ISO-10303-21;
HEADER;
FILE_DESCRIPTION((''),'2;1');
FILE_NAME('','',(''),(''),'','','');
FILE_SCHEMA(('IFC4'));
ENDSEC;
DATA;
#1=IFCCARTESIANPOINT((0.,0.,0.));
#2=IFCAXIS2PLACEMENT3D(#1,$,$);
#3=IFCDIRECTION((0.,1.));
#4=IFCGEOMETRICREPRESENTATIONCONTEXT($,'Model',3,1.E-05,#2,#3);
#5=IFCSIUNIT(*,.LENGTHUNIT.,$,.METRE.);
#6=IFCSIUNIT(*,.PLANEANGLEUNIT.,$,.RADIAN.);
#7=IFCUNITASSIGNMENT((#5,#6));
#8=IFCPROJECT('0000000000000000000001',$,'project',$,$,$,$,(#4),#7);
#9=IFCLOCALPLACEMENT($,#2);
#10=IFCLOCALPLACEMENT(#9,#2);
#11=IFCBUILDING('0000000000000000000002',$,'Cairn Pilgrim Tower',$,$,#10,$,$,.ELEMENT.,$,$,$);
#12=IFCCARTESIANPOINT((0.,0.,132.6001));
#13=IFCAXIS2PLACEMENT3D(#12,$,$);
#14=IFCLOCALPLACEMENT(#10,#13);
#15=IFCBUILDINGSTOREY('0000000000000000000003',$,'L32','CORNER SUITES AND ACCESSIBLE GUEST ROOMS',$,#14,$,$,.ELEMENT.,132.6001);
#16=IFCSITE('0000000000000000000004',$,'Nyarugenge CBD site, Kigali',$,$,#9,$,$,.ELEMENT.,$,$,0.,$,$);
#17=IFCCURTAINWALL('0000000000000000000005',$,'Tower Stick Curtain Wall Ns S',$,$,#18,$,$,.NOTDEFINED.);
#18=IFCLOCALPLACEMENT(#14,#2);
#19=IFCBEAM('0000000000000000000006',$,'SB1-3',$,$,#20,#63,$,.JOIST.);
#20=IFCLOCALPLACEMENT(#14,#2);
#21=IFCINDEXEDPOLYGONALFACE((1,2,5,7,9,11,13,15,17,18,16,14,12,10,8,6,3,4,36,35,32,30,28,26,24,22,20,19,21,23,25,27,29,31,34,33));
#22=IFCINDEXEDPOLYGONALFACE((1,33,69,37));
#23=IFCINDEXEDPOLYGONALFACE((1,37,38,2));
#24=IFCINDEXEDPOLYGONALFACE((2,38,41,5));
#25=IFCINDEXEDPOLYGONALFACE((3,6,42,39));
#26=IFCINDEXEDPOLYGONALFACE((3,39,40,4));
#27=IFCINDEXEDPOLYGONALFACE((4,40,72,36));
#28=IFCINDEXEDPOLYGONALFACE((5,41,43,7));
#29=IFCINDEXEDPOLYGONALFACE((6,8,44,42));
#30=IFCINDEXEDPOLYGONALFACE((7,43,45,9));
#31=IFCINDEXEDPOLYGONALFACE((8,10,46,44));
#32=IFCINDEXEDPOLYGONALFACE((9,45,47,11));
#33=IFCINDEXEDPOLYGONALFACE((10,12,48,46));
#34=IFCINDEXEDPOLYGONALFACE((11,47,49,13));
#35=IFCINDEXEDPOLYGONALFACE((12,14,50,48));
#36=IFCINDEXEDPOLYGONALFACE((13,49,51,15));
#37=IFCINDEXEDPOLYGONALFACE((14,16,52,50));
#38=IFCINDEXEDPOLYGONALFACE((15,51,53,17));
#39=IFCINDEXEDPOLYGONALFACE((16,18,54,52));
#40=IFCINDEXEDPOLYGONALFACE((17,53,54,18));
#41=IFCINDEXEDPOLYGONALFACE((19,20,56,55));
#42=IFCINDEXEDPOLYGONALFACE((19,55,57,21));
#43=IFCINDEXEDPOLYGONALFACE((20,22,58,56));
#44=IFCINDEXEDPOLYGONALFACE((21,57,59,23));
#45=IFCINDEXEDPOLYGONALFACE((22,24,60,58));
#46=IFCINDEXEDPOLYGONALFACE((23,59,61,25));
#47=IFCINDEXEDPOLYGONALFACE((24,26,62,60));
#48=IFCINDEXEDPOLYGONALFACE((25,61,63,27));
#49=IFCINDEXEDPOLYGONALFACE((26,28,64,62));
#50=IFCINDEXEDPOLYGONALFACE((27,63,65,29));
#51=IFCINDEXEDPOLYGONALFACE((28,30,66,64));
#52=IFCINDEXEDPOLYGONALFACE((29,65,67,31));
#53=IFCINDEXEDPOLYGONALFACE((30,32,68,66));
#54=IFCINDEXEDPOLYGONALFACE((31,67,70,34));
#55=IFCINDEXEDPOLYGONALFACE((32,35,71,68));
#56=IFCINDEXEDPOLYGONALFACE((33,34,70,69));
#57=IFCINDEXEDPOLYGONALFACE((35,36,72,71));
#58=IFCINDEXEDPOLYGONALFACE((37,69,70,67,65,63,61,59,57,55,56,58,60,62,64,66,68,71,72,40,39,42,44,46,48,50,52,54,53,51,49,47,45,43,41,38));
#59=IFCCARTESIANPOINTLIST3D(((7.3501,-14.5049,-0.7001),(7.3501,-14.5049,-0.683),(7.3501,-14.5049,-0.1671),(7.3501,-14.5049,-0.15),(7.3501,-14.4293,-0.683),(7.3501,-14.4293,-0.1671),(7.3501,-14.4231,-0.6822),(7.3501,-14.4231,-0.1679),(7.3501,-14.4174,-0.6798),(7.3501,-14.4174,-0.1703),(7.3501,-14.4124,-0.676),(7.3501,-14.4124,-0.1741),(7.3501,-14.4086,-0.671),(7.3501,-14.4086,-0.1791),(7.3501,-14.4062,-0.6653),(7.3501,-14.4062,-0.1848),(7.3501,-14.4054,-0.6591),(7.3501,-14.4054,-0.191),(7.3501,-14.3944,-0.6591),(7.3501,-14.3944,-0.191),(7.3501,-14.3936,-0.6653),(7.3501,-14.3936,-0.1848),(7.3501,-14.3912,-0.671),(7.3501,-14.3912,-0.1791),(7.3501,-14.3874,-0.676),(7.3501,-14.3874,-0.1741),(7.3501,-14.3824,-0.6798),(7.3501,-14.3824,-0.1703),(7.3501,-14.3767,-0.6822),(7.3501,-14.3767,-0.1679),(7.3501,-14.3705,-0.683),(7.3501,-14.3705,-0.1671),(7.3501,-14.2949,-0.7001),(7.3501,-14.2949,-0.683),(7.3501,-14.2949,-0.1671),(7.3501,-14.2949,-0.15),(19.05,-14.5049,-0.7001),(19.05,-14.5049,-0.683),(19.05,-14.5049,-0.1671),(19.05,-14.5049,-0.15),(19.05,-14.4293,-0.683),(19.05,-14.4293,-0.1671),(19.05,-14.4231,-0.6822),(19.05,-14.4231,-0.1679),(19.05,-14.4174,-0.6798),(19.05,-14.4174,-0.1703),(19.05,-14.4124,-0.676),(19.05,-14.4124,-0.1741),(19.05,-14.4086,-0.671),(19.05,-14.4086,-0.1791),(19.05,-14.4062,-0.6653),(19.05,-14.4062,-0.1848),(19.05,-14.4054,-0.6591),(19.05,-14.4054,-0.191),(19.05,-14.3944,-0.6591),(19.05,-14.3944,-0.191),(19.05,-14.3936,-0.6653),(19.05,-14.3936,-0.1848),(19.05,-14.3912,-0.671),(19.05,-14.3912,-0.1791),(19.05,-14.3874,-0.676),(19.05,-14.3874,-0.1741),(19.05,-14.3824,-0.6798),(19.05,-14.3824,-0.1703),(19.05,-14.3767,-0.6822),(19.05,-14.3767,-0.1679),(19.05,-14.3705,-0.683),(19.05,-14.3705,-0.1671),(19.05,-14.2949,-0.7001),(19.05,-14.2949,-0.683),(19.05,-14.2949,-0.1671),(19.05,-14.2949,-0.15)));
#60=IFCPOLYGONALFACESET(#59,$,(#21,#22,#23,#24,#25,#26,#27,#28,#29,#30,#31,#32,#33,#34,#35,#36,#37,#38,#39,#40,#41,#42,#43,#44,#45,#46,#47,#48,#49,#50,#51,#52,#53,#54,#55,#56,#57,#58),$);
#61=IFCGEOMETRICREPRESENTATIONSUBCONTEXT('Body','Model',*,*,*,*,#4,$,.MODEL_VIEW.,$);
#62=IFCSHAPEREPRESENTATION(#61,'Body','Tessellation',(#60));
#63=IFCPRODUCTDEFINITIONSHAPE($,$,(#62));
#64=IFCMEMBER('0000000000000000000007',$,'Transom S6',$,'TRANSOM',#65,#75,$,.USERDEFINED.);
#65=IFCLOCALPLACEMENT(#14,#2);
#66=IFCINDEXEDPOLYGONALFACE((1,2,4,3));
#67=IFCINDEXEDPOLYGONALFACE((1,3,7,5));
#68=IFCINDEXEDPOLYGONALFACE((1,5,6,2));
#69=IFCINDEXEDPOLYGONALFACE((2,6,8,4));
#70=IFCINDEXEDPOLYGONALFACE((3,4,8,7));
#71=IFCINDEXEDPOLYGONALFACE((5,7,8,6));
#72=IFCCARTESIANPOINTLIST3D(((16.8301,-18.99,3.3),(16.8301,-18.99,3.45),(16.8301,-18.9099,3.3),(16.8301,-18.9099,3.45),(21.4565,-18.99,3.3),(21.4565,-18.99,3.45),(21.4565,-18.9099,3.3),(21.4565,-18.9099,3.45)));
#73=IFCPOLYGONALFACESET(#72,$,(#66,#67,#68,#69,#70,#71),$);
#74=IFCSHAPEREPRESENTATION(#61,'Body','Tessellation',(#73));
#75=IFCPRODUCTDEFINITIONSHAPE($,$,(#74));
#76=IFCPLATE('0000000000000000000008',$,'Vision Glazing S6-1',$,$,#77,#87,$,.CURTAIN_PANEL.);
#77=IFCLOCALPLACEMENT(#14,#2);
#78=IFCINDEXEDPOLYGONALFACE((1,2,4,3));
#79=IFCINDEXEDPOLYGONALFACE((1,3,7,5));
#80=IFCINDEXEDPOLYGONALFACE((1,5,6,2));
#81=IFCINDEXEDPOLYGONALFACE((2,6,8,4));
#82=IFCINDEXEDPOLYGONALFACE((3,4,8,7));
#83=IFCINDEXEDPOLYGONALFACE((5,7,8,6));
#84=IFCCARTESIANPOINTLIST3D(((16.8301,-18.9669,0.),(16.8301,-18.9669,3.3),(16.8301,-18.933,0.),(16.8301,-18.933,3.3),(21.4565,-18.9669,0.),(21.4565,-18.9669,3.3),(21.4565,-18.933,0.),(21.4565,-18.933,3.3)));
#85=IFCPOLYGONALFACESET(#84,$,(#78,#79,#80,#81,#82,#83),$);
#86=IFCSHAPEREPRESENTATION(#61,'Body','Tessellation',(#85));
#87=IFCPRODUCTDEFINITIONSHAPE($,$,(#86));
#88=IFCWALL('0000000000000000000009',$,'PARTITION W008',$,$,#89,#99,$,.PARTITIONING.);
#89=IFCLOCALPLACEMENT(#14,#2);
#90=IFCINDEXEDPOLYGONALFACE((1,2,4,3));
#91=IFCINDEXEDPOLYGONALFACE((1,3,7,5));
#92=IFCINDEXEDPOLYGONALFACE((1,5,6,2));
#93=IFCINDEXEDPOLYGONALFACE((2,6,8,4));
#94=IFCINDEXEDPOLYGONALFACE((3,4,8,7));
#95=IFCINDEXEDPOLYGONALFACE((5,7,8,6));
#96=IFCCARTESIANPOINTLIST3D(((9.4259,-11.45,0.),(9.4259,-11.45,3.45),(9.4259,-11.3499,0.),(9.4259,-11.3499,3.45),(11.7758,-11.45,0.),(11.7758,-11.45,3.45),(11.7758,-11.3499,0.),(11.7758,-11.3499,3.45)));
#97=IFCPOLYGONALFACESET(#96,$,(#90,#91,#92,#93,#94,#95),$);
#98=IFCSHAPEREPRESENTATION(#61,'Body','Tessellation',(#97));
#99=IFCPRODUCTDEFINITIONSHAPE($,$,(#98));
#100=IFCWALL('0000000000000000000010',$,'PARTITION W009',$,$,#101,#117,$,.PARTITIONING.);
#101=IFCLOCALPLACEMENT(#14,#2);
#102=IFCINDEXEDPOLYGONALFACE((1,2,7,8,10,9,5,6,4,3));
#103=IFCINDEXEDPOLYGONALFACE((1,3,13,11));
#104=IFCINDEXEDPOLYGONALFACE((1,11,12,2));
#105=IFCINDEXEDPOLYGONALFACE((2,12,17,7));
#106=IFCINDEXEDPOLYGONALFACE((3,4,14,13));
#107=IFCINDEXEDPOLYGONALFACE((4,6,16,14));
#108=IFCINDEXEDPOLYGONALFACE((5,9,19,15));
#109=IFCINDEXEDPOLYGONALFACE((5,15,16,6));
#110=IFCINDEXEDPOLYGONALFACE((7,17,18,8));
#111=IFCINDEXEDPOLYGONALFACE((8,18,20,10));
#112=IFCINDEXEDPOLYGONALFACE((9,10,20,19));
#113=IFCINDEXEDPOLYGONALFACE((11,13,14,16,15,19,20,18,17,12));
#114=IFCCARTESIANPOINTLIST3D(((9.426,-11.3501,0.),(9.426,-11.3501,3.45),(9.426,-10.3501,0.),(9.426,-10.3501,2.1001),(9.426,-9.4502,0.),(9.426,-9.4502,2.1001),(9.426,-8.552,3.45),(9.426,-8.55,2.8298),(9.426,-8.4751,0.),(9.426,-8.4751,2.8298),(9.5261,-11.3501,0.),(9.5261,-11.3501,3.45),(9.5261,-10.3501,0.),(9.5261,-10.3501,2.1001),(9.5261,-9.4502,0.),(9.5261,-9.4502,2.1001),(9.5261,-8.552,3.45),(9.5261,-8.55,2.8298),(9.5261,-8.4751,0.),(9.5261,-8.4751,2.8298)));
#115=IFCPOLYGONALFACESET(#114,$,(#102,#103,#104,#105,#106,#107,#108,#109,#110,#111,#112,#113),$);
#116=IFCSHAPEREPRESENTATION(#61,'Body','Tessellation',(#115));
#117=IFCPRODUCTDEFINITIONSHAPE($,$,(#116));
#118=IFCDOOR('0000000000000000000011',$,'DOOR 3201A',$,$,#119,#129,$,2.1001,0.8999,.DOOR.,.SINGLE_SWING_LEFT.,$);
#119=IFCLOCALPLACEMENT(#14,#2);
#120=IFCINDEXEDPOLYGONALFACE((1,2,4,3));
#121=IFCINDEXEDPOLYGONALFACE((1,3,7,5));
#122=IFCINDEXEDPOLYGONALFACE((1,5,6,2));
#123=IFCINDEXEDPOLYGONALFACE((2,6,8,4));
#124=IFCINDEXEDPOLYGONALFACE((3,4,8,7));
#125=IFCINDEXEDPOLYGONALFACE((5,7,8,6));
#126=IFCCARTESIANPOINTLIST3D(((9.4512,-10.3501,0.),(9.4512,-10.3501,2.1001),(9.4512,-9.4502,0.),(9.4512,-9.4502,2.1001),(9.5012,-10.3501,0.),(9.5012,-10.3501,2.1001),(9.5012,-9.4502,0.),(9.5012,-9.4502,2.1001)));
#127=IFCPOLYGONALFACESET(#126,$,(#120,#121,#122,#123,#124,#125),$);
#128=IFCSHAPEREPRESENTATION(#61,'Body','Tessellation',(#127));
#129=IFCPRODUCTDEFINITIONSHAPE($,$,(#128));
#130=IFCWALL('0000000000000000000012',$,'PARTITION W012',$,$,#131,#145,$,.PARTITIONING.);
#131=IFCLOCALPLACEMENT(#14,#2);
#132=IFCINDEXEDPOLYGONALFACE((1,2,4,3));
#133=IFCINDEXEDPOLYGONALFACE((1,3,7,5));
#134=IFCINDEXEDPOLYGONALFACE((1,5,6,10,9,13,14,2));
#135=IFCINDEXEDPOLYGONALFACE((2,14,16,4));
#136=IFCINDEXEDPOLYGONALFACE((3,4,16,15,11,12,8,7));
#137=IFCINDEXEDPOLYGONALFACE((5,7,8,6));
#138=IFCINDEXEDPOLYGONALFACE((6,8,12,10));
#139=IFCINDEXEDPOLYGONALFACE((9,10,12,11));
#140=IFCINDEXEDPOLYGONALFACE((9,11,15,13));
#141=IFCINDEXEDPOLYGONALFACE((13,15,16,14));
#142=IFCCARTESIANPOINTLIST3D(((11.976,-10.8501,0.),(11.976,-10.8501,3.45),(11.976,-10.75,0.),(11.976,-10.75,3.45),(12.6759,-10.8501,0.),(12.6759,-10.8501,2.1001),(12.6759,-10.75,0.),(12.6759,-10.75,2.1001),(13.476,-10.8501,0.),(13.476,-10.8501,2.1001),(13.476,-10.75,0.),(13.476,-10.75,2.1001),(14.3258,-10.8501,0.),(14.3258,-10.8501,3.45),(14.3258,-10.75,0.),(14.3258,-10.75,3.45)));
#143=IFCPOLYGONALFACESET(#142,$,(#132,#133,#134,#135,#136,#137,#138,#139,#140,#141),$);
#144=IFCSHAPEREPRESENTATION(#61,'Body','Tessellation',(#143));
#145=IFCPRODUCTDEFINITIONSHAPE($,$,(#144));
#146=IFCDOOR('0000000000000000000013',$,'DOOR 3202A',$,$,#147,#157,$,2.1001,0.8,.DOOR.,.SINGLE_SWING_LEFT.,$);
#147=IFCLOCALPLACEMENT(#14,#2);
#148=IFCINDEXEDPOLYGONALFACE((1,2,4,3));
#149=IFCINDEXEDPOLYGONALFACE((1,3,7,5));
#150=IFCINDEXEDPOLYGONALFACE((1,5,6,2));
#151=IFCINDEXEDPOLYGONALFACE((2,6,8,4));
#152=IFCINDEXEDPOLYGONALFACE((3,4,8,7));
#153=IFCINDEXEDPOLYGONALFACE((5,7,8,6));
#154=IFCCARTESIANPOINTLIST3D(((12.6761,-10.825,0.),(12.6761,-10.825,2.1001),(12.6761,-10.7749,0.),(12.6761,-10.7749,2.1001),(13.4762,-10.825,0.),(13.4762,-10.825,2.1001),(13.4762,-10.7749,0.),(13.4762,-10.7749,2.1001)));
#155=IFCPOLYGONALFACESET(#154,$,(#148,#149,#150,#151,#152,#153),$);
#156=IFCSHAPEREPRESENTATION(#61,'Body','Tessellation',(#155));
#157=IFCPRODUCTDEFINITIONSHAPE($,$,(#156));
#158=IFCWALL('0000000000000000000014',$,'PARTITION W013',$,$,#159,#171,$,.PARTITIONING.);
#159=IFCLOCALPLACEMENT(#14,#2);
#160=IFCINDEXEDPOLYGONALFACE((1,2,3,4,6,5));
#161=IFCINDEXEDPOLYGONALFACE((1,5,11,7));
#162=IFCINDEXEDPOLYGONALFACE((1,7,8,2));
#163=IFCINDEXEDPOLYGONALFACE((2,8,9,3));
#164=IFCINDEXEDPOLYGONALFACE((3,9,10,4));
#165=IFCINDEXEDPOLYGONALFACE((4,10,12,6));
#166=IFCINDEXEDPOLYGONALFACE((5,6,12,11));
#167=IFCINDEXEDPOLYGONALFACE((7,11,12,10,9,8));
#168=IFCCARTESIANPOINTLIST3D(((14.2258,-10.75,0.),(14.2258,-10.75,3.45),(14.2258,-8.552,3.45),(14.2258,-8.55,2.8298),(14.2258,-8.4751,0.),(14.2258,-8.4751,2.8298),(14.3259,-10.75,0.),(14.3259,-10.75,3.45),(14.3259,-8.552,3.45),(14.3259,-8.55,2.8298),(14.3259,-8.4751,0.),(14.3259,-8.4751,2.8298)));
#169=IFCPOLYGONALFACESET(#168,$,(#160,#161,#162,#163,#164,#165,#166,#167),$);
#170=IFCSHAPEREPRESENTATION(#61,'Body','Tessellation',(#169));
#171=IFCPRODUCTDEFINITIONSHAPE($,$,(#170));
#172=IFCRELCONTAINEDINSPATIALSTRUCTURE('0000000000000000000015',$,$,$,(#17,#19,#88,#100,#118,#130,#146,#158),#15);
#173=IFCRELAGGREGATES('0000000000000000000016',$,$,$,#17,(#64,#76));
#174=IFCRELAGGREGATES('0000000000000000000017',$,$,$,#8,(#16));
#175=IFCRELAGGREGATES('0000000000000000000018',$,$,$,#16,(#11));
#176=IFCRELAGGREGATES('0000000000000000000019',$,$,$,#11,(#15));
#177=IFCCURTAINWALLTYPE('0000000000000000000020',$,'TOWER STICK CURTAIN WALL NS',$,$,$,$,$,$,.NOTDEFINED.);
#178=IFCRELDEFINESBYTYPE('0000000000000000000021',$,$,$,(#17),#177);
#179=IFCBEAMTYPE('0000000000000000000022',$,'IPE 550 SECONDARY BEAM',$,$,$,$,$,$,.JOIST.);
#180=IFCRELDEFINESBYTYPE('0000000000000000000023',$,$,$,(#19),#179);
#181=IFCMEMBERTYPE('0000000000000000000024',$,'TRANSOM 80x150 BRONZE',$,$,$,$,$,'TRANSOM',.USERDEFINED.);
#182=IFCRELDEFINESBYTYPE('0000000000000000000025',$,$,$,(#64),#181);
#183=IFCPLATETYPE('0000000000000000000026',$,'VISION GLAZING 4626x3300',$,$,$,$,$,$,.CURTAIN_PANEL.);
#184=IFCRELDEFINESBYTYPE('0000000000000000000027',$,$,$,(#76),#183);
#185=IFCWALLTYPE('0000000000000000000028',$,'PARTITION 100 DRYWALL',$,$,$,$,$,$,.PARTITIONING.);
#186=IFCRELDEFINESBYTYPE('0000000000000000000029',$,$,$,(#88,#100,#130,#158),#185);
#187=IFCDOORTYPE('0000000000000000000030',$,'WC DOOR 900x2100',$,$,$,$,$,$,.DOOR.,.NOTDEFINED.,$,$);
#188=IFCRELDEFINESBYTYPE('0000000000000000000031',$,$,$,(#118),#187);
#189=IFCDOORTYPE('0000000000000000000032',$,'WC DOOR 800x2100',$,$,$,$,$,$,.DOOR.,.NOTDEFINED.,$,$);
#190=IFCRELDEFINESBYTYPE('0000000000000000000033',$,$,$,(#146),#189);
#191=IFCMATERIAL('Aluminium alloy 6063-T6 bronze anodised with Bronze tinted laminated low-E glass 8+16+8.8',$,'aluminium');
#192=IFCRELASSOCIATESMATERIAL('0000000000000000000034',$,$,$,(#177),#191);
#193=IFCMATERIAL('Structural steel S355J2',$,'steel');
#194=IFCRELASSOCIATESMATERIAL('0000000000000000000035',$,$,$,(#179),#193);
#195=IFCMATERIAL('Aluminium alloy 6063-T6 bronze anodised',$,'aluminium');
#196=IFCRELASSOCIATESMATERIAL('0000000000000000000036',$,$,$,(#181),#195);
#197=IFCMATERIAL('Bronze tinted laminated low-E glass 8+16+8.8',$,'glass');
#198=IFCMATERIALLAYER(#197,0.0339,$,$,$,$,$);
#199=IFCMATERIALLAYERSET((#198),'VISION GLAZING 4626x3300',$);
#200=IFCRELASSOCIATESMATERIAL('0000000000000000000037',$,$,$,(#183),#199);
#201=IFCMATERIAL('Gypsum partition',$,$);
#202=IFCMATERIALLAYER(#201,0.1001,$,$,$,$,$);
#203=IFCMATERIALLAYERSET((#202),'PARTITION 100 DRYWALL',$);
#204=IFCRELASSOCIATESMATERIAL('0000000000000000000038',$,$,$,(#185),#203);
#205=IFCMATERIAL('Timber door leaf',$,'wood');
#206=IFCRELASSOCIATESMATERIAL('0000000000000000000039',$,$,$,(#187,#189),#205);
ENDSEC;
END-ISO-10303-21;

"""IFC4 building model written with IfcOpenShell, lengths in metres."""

from ifc_helpers import new_model, si_unit, direction, frame, frame_2d, origin, origin_2d, place, context, subcontext, project, spatial, polyline, rectangle, i_section, outline, extrude, material, layer, layer_set, material_profile, profile_set, type_object, element, fill, aggregate, save


model = new_model("IFC4")

# Units and contexts
model_context = context("Model", 3, precision=1e-05, world=origin(), true_north=direction((0.0, 1.0)))
body_context = subcontext(model_context, "Body", "Model", "MODEL_VIEW")
ifc_project = project(units=[si_unit("LENGTHUNIT", "METRE"), si_unit("PLANEANGLEUNIT", "RADIAN")], contexts=[model_context])

# Site, building, storey
site_placement = place(None, origin())
site = spatial("IfcSite", under=ifc_project, at=site_placement, Name="Nyarugenge CBD site, Kigali", CompositionType="ELEMENT", RefElevation=0.0)
building_placement = place(site_placement, origin())
building = spatial("IfcBuilding", under=site, at=building_placement, Name="Cairn Pilgrim Tower", CompositionType="ELEMENT")
storey_placement = place(building_placement, frame((0.0, 0.0, 132.6001)))
storey = spatial("IfcBuildingStorey", under=building, at=storey_placement, Name="L32", Description="CORNER SUITES AND ACCESSIBLE GUEST ROOMS", CompositionType="ELEMENT", Elevation=132.6001)

# Curtain wall
ifc_material_1 = material(Name="Aluminium alloy 6063-T6 bronze anodised with Bronze tinted laminated low-E glass 8+16+8.8", Category="aluminium")
curtain_wall_type = type_object("IfcCurtainWallType", Name="TOWER STICK CURTAIN WALL NS", PredefinedType="NOTDEFINED", material=ifc_material_1)
curtain_wall_placement = place(storey_placement, origin())
curtain_wall = element("IfcCurtainWall", 1, at=curtain_wall_placement, inside=storey, type_object=curtain_wall_type, Name="Tower Stick Curtain Wall Ns S", PredefinedType="NOTDEFINED")
ifc_material_2 = material(Name="Aluminium alloy 6063-T6 bronze anodised", Category="aluminium")

# Beam
ifc_material_3 = material(Name="Structural steel S355J2", Category="steel")
ifc_material_profile_1 = material_profile(ifc_material_3, i_section(OverallWidth=0.21, OverallDepth=0.55, WebThickness=0.011, FlangeThickness=0.0171, FilletRadius=0.0239, at=origin_2d()), Name="IPE 550")
ifc_profile_set_1 = profile_set([ifc_material_profile_1], Name="Structural steel S355J2")
beam_type_1 = type_object("IfcBeamType", Name="IPE 550 SECONDARY BEAM", PredefinedType="JOIST", material=ifc_profile_set_1)
beam_1_placement = place(storey_placement, frame((7.3501, -14.3999, -0.425), z_axis=(1.0, 0.0, 0.0), x_axis=(0.0, 1.0, 0.0)))
element("IfcBeam", 2, at=beam_1_placement, inside=storey, type_object=beam_type_1, Name="SB1-3", PredefinedType="JOIST", context=body_context, shape_type="SweptSolid", body=[
    extrude(i_section(OverallWidth=0.21, OverallDepth=0.55, WebThickness=0.011, FlangeThickness=0.0171, FilletRadius=0.0239, at=origin_2d()), origin(), (0.0, 0.0, 1.0), 11.7),
])

# Member
ifc_material_profile_2 = material_profile(ifc_material_2, rectangle(XDim=0.0801, YDim=0.1499, at=origin_2d()), Name="TRANSOM 80x150 BRONZE")
ifc_profile_set_2 = profile_set([ifc_material_profile_2], Name="Aluminium alloy 6063-T6 bronze anodised")
member_type_1 = type_object("IfcMemberType", Name="TRANSOM 80x150 BRONZE", ElementType="TRANSOM", PredefinedType="USERDEFINED", material=ifc_profile_set_2)
member_1_placement = place(storey_placement, frame((16.8301, -18.95, 3.375), z_axis=(1.0, 0.0, 0.0), x_axis=(0.0, 1.0, 0.0)))
member_1 = element("IfcMember", 3, at=member_1_placement, type_object=member_type_1, Name="Transom S6", ObjectType="TRANSOM", PredefinedType="USERDEFINED", context=body_context, shape_type="SweptSolid", body=[
    extrude(rectangle(XDim=0.0801, YDim=0.1499, at=origin_2d()), origin(), (0.0, 0.0, 1.0), 4.6265),
])

# Plate
ifc_material_4 = material(Name="Bronze tinted laminated low-E glass 8+16+8.8", Category="glass")
ifc_layer_1 = layer(ifc_material_4, 0.0339)
ifc_layer_set_1 = layer_set([ifc_layer_1], Name="VISION GLAZING 4626x3300")
plate_type = type_object("IfcPlateType", Name="VISION GLAZING 4626x3300", PredefinedType="CURTAIN_PANEL", material=ifc_layer_set_1)
plate_placement = place(storey_placement, frame((19.1433, -18.95, 0.0), z_axis=(0.0, 0.0, 1.0), x_axis=(1.0, 0.0, 0.0)))
plate = element("IfcPlate", 4, at=plate_placement, type_object=plate_type, Name="Vision Glazing S6-1", PredefinedType="CURTAIN_PANEL", context=body_context, shape_type="SweptSolid", body=[
    extrude(rectangle(XDim=4.6265, YDim=0.0339, at=origin_2d()), origin(), (0.0, 0.0, 1.0), 3.3),
])
aggregate(curtain_wall, [member_1, plate])

# Wall
ifc_material_5 = material(Name="Gypsum partition")
ifc_layer_2 = layer(ifc_material_5, 0.1001)
ifc_layer_set_2 = layer_set([ifc_layer_2], Name="PARTITION 100 DRYWALL")
wall_type_1 = type_object("IfcWallType", Name="PARTITION 100 DRYWALL", PredefinedType="PARTITIONING", material=ifc_layer_set_2)
wall_1_placement = place(storey_placement, frame((9.426, -11.3999, 0.0), z_axis=(0.0, 0.0, 1.0), x_axis=(1.0, 0.0, 0.0)))
element("IfcWall", 5, at=wall_1_placement, inside=storey, type_object=wall_type_1, Name="PARTITION W008", PredefinedType="PARTITIONING", context=body_context, shape_type="SweptSolid", body=[
    extrude(rectangle(XDim=2.3499, YDim=0.1001, at=frame_2d((1.1748, 0.0))), origin(), (0.0, 0.0, 1.0), 3.45),
])

# Walls, openings, doors
wall_2_placement = place(storey_placement, frame((9.4761, -11.3501, 0.0), z_axis=(0.0, 0.0, 1.0), x_axis=(0.0, 1.0, 0.0)))
wall_2 = element("IfcWall", 6, at=wall_2_placement, inside=storey, type_object=wall_type_1, Name="PARTITION W009", PredefinedType="PARTITIONING", context=body_context, shape_type="SweptSolid", body=[
    extrude(outline(polyline([(0.0, 0.0), (2.875, 0.0), (2.875, 2.8298), (2.8, 2.8298), (2.7981, 3.45), (0.0, 3.45), (0.0, 0.0)])), frame((0.0, 0.05, 0.0), z_axis=(0.0, -1.0, 0.0), x_axis=(1.0, 0.0, 0.0)), (0.0, 0.0, 1.0), 0.1001),
])
opening_1_placement = place(wall_2_placement, frame((1.0, 0.0, 0.0)))
opening_1 = element("IfcOpeningElement", 7, at=opening_1_placement, cuts=wall_2, PredefinedType="OPENING", context=body_context, shape_type="SweptSolid", body=[
    extrude(rectangle(XDim=0.8999, YDim=2.1001, at=frame_2d((0.45, 1.05))), frame((0.0, 0.0601, 0.0), z_axis=(0.0, -1.0, 0.0), x_axis=(1.0, 0.0, 0.0)), (0.0, 0.0, 1.0), 0.1201),
])
ifc_material_6 = material(Name="Timber door leaf", Category="wood")
door_type_1 = type_object("IfcDoorType", Name="WC DOOR 900x2100", OperationType="NOTDEFINED", PredefinedType="DOOR", material=ifc_material_6)
door_1_placement = place(opening_1_placement, origin())
door_1 = element("IfcDoor", 8, at=door_1_placement, inside=storey, type_object=door_type_1, Name="DOOR 3201A", OperationType="SINGLE_SWING_LEFT", OverallHeight=2.1001, OverallWidth=0.8999, PredefinedType="DOOR", context=body_context, shape_type="SweptSolid", body=[
    extrude(rectangle(XDim=0.8999, YDim=2.1001, at=frame_2d((0.45, 1.05))), frame((0.0, 0.0249, 0.0), z_axis=(0.0, -1.0, 0.0), x_axis=(1.0, 0.0, 0.0)), (0.0, 0.0, 1.0), 0.05),
])
fill(opening_1, door_1)
wall_3_placement = place(storey_placement, frame((11.9761, -10.8, 0.0), z_axis=(0.0, 0.0, 1.0), x_axis=(1.0, 0.0, 0.0)))
wall_3 = element("IfcWall", 9, at=wall_3_placement, inside=storey, type_object=wall_type_1, Name="PARTITION W012", PredefinedType="PARTITIONING", context=body_context, shape_type="SweptSolid", body=[
    extrude(rectangle(XDim=2.3499, YDim=0.1001, at=frame_2d((1.1748, 0.0))), origin(), (0.0, 0.0, 1.0), 3.45),
])
opening_2_placement = place(wall_3_placement, frame((0.7, 0.0, 0.0)))
opening_2 = element("IfcOpeningElement", 10, at=opening_2_placement, cuts=wall_3, PredefinedType="OPENING", context=body_context, shape_type="SweptSolid", body=[
    extrude(rectangle(XDim=0.8, YDim=2.1001, at=frame_2d((0.3999, 1.05))), frame((0.0, 0.0601, 0.0), z_axis=(0.0, -1.0, 0.0), x_axis=(1.0, 0.0, 0.0)), (0.0, 0.0, 1.0), 0.1201),
])
door_type_2 = type_object("IfcDoorType", Name="WC DOOR 800x2100", OperationType="NOTDEFINED", PredefinedType="DOOR", material=ifc_material_6)
door_2_placement = place(opening_2_placement, frame((0.8, 0.0, 0.0), z_axis=(0.0, 0.0, 1.0), x_axis=(-1.0, 0.0, 0.0)))
door_2 = element("IfcDoor", 11, at=door_2_placement, inside=storey, type_object=door_type_2, Name="DOOR 3202A", OperationType="SINGLE_SWING_LEFT", OverallHeight=2.1001, OverallWidth=0.8, PredefinedType="DOOR", context=body_context, shape_type="SweptSolid", body=[
    extrude(rectangle(XDim=0.8, YDim=2.1001, at=frame_2d((0.3999, 1.05))), frame((0.0, 0.0249, 0.0), z_axis=(0.0, -1.0, 0.0), x_axis=(1.0, 0.0, 0.0)), (0.0, 0.0, 1.0), 0.05),
])
fill(opening_2, door_2)

# Wall
wall_4_placement = place(storey_placement, frame((14.2759, -10.75, 0.0), z_axis=(0.0, 0.0, 1.0), x_axis=(0.0, 1.0, 0.0)))
element("IfcWall", 12, at=wall_4_placement, inside=storey, type_object=wall_type_1, Name="PARTITION W013", PredefinedType="PARTITIONING", context=body_context, shape_type="SweptSolid", body=[
    extrude(outline(polyline([(0.0, 0.0), (2.2749, 0.0), (2.2749, 2.8298), (2.2, 2.8298), (2.198, 3.45), (0.0, 3.45), (0.0, 0.0)])), frame((0.0, 0.05, 0.0), z_axis=(0.0, -1.0, 0.0), x_axis=(1.0, 0.0, 0.0)), (0.0, 0.0, 1.0), 0.1001),
])

save(model, "model.ifc")
